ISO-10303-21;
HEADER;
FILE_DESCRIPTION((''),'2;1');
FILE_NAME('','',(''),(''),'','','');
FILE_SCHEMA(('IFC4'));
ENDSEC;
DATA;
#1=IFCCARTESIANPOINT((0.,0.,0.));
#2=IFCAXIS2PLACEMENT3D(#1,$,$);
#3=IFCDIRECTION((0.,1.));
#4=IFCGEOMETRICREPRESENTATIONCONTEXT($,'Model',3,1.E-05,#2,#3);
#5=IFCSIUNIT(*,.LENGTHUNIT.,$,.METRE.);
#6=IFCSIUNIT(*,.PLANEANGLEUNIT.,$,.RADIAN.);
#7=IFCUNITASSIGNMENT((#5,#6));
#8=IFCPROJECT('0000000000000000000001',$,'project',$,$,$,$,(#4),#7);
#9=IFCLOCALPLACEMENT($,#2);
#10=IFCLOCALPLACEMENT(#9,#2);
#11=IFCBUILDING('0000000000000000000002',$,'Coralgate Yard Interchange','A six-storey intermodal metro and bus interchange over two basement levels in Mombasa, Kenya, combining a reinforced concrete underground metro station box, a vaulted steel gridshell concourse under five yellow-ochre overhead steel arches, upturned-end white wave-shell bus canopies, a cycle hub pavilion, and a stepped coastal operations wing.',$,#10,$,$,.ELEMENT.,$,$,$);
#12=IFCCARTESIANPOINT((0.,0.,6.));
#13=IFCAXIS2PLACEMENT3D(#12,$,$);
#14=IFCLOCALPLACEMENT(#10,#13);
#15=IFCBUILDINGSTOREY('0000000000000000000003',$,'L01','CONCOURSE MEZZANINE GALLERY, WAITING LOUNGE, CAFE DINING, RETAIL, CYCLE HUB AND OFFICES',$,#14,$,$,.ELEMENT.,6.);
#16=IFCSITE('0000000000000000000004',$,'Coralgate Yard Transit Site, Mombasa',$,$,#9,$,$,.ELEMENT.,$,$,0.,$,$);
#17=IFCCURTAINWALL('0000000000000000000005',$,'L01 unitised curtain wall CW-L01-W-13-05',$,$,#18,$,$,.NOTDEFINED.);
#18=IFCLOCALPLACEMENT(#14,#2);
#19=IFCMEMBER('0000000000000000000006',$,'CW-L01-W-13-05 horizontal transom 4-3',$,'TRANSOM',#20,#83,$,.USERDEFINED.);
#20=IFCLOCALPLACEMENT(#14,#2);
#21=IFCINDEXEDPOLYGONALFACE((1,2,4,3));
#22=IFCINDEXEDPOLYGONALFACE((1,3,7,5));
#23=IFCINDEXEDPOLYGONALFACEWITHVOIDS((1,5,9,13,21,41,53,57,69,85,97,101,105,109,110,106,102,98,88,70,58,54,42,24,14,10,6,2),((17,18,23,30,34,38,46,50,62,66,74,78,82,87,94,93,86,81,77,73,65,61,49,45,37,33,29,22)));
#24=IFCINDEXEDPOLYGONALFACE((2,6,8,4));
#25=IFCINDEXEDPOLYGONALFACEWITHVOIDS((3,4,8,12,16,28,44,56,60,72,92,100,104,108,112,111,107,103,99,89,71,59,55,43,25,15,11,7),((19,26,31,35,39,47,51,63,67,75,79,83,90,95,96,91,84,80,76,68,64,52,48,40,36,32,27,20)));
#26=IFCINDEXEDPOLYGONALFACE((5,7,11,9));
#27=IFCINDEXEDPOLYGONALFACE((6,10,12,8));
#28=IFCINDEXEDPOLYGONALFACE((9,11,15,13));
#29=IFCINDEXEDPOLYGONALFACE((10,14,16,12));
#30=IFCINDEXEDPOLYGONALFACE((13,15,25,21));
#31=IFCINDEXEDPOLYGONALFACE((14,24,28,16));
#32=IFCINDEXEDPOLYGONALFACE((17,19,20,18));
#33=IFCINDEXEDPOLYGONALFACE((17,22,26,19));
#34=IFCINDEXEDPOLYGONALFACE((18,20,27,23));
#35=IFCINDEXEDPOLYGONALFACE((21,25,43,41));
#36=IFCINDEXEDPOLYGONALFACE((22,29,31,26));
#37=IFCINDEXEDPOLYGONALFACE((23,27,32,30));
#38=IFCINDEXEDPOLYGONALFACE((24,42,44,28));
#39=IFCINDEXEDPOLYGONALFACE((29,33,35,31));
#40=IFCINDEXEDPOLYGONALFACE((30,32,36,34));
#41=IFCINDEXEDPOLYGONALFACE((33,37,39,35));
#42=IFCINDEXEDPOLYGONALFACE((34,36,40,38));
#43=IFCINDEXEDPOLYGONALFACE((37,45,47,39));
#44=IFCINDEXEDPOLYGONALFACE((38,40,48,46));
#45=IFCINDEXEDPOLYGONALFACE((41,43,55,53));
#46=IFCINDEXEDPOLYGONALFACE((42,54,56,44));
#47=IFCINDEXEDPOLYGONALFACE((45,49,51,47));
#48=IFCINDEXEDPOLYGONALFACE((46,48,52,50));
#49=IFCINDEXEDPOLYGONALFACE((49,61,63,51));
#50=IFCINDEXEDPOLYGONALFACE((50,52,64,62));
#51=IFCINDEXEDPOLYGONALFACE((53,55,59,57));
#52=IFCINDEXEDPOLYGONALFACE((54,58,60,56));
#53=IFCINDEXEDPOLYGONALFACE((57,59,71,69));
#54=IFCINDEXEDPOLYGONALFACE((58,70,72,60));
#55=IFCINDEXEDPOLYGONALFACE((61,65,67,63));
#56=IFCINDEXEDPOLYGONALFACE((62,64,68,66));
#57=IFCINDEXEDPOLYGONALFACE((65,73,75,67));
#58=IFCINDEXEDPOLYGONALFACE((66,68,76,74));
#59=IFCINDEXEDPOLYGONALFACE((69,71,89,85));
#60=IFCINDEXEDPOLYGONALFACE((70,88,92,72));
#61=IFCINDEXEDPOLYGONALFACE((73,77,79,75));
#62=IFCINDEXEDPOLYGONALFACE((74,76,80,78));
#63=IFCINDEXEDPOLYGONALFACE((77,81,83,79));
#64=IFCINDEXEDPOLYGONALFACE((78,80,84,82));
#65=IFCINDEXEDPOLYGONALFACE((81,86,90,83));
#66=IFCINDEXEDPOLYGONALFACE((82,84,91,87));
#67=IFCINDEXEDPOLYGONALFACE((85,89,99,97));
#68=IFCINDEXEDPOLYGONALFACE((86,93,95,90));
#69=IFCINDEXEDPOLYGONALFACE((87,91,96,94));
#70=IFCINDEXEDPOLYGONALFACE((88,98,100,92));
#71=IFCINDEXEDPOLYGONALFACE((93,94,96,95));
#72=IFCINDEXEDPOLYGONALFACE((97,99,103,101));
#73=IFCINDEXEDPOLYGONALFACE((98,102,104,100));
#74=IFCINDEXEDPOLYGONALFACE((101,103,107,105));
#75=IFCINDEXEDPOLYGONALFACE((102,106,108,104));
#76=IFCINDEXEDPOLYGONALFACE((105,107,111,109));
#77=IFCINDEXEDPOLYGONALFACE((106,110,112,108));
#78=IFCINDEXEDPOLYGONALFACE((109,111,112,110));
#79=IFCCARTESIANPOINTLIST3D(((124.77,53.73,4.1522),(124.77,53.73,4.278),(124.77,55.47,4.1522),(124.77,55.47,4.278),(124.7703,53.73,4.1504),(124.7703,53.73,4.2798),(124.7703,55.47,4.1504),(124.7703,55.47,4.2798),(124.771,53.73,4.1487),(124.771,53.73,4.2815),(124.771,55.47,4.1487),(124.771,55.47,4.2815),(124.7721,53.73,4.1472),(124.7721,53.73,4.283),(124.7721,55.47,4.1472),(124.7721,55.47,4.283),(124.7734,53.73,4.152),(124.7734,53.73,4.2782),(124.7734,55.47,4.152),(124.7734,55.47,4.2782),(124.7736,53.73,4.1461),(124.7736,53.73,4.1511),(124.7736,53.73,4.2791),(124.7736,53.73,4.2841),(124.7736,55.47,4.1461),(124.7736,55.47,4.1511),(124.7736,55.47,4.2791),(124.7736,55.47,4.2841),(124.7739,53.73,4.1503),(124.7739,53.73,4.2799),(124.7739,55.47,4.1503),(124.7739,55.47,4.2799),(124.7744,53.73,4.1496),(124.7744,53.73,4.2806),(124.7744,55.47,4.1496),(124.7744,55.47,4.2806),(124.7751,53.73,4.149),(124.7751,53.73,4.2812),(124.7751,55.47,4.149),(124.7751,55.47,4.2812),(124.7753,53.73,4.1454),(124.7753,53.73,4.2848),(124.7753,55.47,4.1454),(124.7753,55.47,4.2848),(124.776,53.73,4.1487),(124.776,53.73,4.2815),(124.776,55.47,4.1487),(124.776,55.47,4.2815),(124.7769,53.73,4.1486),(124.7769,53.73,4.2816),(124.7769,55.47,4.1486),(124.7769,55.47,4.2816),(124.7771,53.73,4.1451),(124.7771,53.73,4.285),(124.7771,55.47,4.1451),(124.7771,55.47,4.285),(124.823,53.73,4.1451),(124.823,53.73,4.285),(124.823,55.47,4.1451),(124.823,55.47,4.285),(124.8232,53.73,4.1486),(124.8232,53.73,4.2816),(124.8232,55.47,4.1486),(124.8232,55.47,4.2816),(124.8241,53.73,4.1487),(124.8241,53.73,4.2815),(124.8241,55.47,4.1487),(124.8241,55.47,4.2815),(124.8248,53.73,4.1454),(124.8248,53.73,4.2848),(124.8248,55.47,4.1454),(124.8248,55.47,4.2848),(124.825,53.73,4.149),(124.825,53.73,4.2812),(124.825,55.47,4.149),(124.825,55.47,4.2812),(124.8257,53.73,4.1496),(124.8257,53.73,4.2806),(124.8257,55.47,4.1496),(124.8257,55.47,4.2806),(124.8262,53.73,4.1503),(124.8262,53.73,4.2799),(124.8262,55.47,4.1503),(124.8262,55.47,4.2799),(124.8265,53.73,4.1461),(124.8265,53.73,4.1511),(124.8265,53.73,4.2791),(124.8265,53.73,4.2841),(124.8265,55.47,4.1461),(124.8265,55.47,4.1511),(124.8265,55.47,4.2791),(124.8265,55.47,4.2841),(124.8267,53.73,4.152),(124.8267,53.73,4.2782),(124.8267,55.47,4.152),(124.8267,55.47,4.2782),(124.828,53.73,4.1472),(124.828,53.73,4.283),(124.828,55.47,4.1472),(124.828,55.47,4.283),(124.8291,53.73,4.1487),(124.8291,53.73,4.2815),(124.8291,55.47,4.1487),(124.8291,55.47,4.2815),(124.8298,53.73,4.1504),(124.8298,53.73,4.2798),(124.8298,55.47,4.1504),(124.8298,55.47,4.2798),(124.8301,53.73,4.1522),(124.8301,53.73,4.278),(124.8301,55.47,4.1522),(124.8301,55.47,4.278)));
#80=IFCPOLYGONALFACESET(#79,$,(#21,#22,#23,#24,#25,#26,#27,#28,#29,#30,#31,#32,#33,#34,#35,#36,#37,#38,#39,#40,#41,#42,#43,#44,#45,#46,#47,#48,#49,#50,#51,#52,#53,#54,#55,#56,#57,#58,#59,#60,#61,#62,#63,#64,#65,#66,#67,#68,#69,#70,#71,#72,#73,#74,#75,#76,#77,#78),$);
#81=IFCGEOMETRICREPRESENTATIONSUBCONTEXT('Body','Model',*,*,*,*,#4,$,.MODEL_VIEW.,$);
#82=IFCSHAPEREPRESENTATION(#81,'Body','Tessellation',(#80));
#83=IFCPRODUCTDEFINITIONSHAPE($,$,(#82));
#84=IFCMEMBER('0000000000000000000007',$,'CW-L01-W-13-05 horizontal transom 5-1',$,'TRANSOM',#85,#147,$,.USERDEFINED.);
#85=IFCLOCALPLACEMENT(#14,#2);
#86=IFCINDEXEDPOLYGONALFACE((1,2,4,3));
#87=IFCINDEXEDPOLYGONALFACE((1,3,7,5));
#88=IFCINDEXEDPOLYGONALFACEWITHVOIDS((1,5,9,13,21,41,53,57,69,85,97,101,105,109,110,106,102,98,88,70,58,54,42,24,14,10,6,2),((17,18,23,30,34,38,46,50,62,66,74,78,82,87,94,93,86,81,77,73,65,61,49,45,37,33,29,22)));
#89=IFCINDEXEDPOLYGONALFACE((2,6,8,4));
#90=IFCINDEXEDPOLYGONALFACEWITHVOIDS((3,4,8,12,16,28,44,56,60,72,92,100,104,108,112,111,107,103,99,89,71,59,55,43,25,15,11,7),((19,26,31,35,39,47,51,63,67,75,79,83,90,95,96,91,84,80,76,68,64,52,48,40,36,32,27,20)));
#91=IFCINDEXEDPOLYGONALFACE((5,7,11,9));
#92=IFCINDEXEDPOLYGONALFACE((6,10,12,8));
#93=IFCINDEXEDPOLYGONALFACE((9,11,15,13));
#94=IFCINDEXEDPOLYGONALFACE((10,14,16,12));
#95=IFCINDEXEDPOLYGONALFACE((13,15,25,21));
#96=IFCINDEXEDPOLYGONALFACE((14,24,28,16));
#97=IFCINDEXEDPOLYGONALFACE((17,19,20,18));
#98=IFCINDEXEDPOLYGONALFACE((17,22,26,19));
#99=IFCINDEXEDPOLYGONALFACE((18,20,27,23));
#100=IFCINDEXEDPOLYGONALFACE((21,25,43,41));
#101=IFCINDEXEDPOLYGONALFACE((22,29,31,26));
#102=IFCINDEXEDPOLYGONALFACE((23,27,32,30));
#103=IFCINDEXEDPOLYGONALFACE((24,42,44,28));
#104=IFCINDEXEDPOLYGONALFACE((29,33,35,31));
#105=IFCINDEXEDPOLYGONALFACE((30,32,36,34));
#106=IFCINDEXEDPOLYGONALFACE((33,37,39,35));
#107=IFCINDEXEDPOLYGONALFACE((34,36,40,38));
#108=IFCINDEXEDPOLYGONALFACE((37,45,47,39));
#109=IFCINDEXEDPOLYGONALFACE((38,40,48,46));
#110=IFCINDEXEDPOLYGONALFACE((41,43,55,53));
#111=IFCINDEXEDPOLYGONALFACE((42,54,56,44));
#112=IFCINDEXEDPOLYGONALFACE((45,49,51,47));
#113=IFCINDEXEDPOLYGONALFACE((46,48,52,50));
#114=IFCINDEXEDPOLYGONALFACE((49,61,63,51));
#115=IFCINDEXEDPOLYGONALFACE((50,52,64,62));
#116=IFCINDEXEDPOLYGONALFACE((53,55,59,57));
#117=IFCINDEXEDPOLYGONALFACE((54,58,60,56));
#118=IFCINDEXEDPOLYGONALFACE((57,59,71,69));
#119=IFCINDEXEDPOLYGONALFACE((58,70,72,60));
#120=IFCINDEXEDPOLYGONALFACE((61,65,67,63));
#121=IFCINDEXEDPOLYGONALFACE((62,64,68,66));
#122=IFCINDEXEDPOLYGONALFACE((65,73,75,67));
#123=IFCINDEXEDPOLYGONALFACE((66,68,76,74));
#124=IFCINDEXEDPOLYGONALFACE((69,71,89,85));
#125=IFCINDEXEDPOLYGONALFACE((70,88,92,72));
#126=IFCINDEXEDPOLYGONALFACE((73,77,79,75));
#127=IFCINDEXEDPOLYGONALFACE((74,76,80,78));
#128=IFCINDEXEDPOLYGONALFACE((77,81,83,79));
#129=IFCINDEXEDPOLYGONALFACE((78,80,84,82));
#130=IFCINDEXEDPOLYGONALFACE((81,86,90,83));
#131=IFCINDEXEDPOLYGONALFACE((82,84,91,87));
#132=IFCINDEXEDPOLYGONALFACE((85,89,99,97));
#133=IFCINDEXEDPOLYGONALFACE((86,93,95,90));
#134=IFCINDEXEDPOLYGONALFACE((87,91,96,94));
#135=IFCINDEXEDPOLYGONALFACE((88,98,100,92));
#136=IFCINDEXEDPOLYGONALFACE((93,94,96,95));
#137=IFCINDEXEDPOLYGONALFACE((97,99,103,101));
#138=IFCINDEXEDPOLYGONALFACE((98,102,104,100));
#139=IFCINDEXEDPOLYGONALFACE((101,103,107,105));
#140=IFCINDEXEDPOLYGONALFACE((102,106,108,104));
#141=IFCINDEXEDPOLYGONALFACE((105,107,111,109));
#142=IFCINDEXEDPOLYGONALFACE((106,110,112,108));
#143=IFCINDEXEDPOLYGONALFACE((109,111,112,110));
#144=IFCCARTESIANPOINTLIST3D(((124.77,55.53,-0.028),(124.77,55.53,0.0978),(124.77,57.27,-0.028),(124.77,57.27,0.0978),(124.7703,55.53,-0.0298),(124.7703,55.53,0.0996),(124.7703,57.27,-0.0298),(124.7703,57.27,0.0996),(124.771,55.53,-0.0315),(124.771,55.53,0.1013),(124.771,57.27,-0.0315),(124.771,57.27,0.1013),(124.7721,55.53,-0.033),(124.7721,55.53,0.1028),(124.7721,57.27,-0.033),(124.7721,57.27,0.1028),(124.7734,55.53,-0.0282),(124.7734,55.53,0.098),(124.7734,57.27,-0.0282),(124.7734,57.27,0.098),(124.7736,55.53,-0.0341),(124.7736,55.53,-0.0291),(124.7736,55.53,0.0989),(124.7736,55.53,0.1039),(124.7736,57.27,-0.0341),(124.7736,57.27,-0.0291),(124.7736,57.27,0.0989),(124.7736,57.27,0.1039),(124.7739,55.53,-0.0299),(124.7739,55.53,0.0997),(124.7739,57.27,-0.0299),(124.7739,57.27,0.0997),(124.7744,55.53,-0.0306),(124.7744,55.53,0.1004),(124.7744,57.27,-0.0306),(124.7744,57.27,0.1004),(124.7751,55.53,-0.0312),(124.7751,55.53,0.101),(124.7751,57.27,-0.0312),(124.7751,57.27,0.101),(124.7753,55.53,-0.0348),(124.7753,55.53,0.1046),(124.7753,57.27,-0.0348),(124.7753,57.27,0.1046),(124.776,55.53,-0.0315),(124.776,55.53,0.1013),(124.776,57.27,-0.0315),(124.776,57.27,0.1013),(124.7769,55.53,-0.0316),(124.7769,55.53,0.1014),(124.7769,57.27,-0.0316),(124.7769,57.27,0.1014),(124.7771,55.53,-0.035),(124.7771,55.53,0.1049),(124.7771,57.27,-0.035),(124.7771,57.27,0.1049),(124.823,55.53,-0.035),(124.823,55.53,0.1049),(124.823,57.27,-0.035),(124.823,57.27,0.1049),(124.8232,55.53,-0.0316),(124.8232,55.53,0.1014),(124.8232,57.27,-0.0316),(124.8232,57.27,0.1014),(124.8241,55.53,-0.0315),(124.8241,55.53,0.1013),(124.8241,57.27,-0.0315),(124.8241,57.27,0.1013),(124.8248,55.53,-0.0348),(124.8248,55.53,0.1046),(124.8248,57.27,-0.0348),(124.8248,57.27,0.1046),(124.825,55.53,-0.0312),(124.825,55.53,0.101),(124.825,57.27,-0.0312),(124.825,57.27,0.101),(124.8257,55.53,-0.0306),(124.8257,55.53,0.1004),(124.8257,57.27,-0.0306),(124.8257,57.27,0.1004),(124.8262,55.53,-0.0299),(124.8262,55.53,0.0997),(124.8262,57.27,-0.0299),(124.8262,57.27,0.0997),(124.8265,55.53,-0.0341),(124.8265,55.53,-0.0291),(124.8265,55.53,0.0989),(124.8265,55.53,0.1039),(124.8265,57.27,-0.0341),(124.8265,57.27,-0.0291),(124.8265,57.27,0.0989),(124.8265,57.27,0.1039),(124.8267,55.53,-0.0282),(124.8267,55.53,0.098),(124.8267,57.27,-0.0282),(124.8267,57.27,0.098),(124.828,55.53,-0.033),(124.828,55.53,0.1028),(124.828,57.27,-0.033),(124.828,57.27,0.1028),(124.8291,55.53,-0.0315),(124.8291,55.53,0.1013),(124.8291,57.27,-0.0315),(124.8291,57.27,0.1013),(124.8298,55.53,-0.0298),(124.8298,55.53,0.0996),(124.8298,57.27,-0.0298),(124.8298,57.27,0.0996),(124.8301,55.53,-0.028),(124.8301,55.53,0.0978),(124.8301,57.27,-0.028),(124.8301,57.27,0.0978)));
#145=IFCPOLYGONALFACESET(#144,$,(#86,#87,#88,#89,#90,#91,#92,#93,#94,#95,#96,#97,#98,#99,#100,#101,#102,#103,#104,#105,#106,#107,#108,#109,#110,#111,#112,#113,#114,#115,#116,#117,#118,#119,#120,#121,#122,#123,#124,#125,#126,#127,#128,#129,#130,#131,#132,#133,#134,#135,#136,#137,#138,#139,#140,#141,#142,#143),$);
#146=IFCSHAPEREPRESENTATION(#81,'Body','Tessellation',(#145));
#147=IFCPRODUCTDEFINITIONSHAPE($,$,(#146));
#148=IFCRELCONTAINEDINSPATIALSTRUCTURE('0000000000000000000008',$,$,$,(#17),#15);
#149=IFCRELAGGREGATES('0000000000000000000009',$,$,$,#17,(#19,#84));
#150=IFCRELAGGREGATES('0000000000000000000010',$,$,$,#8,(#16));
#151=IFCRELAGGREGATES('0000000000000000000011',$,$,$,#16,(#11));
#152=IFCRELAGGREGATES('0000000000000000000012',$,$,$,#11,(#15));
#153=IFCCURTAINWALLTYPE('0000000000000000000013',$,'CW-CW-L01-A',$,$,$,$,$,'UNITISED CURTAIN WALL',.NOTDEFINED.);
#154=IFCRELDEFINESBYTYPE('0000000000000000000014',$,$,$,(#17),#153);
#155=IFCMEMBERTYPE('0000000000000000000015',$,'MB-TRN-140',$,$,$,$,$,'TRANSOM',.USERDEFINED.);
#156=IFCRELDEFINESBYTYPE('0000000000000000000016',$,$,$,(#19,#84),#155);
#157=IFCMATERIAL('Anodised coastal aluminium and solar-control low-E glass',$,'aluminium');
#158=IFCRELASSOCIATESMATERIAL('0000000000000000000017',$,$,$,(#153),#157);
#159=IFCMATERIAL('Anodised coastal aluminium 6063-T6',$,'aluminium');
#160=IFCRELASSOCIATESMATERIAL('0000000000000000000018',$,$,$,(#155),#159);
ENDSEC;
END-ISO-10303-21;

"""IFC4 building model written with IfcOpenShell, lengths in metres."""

from ifc_helpers import new_model, si_unit, direction, frame, origin, origin_2d, place, context, subcontext, project, spatial, hollow_rectangle, extrude, material, material_profile, profile_set, type_object, element, aggregate, save


model = new_model("IFC4")

# Units and contexts
model_context = context("Model", 3, precision=1e-05, world=origin(), true_north=direction((0.0, 1.0)))
body_context = subcontext(model_context, "Body", "Model", "MODEL_VIEW")
ifc_project = project(units=[si_unit("LENGTHUNIT", "METRE"), si_unit("PLANEANGLEUNIT", "RADIAN")], contexts=[model_context])

# Site, building, storey
site_placement = place(None, origin())
site = spatial("IfcSite", under=ifc_project, at=site_placement, Name="Coralgate Yard Transit Site, Mombasa", CompositionType="ELEMENT", RefElevation=0.0)
building_placement = place(site_placement, origin())
building = spatial("IfcBuilding", under=site, at=building_placement, Name="Coralgate Yard Interchange", Description="A six-storey intermodal metro and bus interchange over two basement levels in Mombasa, Kenya, combining a reinforced concrete underground metro station box, a vaulted steel gridshell concourse under five yellow-ochre overhead steel arches, upturned-end white wave-shell bus canopies, a cycle hub pavilion, and a stepped coastal operations wing.", CompositionType="ELEMENT")
storey_placement = place(building_placement, frame((0.0, 0.0, 6.0)))
storey = spatial("IfcBuildingStorey", under=building, at=storey_placement, Name="L01", Description="CONCOURSE MEZZANINE GALLERY, WAITING LOUNGE, CAFE DINING, RETAIL, CYCLE HUB AND OFFICES", CompositionType="ELEMENT", Elevation=6.0)

# Curtain wall
ifc_material_1 = material(Name="Anodised coastal aluminium and solar-control low-E glass", Category="aluminium")
curtain_wall_type = type_object("IfcCurtainWallType", Name="CW-CW-L01-A", ElementType="UNITISED CURTAIN WALL", PredefinedType="NOTDEFINED", material=ifc_material_1)
curtain_wall_1_placement = place(storey_placement, origin())
curtain_wall_1 = element("IfcCurtainWall", 1, at=curtain_wall_1_placement, inside=storey, type_object=curtain_wall_type, Name="L01 unitised curtain wall CW-L01-W-13-05", PredefinedType="NOTDEFINED")
ifc_material_2 = material(Name="Anodised coastal aluminium 6063-T6", Category="aluminium")

# Members
ifc_material_profile_1 = material_profile(ifc_material_2, hollow_rectangle(XDim=0.0601, YDim=0.1399, WallThickness=0.0034, InnerFilletRadius=0.0034, OuterFilletRadius=0.0071, at=origin_2d()), Name="ALU 60x140x3.5")
ifc_profile_set_1 = profile_set([ifc_material_profile_1], Name="Anodised coastal aluminium 6063-T6")
member_type_1 = type_object("IfcMemberType", Name="MB-TRN-140", ElementType="TRANSOM", PredefinedType="USERDEFINED", material=ifc_profile_set_1)
member_1_placement = place(storey_placement, frame((124.8, 53.73, 4.2151), z_axis=(0.0, 1.0, 0.0), x_axis=(-1.0, 0.0, 0.0)))
member_1 = element("IfcMember", 2, at=member_1_placement, type_object=member_type_1, Name="CW-L01-W-13-05 horizontal transom 4-3", ObjectType="TRANSOM", PredefinedType="USERDEFINED", context=body_context, shape_type="SweptSolid", body=[
    extrude(hollow_rectangle(XDim=0.0601, YDim=0.1399, WallThickness=0.0034, InnerFilletRadius=0.0034, OuterFilletRadius=0.0071, at=origin_2d()), origin(), (0.0, 0.0, 1.0), 1.74),
])
member_2_placement = place(storey_placement, frame((124.8, 55.53, 0.0349), z_axis=(0.0, 1.0, 0.0), x_axis=(-1.0, 0.0, 0.0)))
member_2 = element("IfcMember", 3, at=member_2_placement, type_object=member_type_1, Name="CW-L01-W-13-05 horizontal transom 5-1", ObjectType="TRANSOM", PredefinedType="USERDEFINED", context=body_context, shape_type="SweptSolid", body=[
    extrude(hollow_rectangle(XDim=0.0601, YDim=0.1399, WallThickness=0.0034, InnerFilletRadius=0.0034, OuterFilletRadius=0.0071, at=origin_2d()), origin(), (0.0, 0.0, 1.0), 1.74),
])

aggregate(curtain_wall_1, [member_1, member_2])

save(model, "model.ifc")
